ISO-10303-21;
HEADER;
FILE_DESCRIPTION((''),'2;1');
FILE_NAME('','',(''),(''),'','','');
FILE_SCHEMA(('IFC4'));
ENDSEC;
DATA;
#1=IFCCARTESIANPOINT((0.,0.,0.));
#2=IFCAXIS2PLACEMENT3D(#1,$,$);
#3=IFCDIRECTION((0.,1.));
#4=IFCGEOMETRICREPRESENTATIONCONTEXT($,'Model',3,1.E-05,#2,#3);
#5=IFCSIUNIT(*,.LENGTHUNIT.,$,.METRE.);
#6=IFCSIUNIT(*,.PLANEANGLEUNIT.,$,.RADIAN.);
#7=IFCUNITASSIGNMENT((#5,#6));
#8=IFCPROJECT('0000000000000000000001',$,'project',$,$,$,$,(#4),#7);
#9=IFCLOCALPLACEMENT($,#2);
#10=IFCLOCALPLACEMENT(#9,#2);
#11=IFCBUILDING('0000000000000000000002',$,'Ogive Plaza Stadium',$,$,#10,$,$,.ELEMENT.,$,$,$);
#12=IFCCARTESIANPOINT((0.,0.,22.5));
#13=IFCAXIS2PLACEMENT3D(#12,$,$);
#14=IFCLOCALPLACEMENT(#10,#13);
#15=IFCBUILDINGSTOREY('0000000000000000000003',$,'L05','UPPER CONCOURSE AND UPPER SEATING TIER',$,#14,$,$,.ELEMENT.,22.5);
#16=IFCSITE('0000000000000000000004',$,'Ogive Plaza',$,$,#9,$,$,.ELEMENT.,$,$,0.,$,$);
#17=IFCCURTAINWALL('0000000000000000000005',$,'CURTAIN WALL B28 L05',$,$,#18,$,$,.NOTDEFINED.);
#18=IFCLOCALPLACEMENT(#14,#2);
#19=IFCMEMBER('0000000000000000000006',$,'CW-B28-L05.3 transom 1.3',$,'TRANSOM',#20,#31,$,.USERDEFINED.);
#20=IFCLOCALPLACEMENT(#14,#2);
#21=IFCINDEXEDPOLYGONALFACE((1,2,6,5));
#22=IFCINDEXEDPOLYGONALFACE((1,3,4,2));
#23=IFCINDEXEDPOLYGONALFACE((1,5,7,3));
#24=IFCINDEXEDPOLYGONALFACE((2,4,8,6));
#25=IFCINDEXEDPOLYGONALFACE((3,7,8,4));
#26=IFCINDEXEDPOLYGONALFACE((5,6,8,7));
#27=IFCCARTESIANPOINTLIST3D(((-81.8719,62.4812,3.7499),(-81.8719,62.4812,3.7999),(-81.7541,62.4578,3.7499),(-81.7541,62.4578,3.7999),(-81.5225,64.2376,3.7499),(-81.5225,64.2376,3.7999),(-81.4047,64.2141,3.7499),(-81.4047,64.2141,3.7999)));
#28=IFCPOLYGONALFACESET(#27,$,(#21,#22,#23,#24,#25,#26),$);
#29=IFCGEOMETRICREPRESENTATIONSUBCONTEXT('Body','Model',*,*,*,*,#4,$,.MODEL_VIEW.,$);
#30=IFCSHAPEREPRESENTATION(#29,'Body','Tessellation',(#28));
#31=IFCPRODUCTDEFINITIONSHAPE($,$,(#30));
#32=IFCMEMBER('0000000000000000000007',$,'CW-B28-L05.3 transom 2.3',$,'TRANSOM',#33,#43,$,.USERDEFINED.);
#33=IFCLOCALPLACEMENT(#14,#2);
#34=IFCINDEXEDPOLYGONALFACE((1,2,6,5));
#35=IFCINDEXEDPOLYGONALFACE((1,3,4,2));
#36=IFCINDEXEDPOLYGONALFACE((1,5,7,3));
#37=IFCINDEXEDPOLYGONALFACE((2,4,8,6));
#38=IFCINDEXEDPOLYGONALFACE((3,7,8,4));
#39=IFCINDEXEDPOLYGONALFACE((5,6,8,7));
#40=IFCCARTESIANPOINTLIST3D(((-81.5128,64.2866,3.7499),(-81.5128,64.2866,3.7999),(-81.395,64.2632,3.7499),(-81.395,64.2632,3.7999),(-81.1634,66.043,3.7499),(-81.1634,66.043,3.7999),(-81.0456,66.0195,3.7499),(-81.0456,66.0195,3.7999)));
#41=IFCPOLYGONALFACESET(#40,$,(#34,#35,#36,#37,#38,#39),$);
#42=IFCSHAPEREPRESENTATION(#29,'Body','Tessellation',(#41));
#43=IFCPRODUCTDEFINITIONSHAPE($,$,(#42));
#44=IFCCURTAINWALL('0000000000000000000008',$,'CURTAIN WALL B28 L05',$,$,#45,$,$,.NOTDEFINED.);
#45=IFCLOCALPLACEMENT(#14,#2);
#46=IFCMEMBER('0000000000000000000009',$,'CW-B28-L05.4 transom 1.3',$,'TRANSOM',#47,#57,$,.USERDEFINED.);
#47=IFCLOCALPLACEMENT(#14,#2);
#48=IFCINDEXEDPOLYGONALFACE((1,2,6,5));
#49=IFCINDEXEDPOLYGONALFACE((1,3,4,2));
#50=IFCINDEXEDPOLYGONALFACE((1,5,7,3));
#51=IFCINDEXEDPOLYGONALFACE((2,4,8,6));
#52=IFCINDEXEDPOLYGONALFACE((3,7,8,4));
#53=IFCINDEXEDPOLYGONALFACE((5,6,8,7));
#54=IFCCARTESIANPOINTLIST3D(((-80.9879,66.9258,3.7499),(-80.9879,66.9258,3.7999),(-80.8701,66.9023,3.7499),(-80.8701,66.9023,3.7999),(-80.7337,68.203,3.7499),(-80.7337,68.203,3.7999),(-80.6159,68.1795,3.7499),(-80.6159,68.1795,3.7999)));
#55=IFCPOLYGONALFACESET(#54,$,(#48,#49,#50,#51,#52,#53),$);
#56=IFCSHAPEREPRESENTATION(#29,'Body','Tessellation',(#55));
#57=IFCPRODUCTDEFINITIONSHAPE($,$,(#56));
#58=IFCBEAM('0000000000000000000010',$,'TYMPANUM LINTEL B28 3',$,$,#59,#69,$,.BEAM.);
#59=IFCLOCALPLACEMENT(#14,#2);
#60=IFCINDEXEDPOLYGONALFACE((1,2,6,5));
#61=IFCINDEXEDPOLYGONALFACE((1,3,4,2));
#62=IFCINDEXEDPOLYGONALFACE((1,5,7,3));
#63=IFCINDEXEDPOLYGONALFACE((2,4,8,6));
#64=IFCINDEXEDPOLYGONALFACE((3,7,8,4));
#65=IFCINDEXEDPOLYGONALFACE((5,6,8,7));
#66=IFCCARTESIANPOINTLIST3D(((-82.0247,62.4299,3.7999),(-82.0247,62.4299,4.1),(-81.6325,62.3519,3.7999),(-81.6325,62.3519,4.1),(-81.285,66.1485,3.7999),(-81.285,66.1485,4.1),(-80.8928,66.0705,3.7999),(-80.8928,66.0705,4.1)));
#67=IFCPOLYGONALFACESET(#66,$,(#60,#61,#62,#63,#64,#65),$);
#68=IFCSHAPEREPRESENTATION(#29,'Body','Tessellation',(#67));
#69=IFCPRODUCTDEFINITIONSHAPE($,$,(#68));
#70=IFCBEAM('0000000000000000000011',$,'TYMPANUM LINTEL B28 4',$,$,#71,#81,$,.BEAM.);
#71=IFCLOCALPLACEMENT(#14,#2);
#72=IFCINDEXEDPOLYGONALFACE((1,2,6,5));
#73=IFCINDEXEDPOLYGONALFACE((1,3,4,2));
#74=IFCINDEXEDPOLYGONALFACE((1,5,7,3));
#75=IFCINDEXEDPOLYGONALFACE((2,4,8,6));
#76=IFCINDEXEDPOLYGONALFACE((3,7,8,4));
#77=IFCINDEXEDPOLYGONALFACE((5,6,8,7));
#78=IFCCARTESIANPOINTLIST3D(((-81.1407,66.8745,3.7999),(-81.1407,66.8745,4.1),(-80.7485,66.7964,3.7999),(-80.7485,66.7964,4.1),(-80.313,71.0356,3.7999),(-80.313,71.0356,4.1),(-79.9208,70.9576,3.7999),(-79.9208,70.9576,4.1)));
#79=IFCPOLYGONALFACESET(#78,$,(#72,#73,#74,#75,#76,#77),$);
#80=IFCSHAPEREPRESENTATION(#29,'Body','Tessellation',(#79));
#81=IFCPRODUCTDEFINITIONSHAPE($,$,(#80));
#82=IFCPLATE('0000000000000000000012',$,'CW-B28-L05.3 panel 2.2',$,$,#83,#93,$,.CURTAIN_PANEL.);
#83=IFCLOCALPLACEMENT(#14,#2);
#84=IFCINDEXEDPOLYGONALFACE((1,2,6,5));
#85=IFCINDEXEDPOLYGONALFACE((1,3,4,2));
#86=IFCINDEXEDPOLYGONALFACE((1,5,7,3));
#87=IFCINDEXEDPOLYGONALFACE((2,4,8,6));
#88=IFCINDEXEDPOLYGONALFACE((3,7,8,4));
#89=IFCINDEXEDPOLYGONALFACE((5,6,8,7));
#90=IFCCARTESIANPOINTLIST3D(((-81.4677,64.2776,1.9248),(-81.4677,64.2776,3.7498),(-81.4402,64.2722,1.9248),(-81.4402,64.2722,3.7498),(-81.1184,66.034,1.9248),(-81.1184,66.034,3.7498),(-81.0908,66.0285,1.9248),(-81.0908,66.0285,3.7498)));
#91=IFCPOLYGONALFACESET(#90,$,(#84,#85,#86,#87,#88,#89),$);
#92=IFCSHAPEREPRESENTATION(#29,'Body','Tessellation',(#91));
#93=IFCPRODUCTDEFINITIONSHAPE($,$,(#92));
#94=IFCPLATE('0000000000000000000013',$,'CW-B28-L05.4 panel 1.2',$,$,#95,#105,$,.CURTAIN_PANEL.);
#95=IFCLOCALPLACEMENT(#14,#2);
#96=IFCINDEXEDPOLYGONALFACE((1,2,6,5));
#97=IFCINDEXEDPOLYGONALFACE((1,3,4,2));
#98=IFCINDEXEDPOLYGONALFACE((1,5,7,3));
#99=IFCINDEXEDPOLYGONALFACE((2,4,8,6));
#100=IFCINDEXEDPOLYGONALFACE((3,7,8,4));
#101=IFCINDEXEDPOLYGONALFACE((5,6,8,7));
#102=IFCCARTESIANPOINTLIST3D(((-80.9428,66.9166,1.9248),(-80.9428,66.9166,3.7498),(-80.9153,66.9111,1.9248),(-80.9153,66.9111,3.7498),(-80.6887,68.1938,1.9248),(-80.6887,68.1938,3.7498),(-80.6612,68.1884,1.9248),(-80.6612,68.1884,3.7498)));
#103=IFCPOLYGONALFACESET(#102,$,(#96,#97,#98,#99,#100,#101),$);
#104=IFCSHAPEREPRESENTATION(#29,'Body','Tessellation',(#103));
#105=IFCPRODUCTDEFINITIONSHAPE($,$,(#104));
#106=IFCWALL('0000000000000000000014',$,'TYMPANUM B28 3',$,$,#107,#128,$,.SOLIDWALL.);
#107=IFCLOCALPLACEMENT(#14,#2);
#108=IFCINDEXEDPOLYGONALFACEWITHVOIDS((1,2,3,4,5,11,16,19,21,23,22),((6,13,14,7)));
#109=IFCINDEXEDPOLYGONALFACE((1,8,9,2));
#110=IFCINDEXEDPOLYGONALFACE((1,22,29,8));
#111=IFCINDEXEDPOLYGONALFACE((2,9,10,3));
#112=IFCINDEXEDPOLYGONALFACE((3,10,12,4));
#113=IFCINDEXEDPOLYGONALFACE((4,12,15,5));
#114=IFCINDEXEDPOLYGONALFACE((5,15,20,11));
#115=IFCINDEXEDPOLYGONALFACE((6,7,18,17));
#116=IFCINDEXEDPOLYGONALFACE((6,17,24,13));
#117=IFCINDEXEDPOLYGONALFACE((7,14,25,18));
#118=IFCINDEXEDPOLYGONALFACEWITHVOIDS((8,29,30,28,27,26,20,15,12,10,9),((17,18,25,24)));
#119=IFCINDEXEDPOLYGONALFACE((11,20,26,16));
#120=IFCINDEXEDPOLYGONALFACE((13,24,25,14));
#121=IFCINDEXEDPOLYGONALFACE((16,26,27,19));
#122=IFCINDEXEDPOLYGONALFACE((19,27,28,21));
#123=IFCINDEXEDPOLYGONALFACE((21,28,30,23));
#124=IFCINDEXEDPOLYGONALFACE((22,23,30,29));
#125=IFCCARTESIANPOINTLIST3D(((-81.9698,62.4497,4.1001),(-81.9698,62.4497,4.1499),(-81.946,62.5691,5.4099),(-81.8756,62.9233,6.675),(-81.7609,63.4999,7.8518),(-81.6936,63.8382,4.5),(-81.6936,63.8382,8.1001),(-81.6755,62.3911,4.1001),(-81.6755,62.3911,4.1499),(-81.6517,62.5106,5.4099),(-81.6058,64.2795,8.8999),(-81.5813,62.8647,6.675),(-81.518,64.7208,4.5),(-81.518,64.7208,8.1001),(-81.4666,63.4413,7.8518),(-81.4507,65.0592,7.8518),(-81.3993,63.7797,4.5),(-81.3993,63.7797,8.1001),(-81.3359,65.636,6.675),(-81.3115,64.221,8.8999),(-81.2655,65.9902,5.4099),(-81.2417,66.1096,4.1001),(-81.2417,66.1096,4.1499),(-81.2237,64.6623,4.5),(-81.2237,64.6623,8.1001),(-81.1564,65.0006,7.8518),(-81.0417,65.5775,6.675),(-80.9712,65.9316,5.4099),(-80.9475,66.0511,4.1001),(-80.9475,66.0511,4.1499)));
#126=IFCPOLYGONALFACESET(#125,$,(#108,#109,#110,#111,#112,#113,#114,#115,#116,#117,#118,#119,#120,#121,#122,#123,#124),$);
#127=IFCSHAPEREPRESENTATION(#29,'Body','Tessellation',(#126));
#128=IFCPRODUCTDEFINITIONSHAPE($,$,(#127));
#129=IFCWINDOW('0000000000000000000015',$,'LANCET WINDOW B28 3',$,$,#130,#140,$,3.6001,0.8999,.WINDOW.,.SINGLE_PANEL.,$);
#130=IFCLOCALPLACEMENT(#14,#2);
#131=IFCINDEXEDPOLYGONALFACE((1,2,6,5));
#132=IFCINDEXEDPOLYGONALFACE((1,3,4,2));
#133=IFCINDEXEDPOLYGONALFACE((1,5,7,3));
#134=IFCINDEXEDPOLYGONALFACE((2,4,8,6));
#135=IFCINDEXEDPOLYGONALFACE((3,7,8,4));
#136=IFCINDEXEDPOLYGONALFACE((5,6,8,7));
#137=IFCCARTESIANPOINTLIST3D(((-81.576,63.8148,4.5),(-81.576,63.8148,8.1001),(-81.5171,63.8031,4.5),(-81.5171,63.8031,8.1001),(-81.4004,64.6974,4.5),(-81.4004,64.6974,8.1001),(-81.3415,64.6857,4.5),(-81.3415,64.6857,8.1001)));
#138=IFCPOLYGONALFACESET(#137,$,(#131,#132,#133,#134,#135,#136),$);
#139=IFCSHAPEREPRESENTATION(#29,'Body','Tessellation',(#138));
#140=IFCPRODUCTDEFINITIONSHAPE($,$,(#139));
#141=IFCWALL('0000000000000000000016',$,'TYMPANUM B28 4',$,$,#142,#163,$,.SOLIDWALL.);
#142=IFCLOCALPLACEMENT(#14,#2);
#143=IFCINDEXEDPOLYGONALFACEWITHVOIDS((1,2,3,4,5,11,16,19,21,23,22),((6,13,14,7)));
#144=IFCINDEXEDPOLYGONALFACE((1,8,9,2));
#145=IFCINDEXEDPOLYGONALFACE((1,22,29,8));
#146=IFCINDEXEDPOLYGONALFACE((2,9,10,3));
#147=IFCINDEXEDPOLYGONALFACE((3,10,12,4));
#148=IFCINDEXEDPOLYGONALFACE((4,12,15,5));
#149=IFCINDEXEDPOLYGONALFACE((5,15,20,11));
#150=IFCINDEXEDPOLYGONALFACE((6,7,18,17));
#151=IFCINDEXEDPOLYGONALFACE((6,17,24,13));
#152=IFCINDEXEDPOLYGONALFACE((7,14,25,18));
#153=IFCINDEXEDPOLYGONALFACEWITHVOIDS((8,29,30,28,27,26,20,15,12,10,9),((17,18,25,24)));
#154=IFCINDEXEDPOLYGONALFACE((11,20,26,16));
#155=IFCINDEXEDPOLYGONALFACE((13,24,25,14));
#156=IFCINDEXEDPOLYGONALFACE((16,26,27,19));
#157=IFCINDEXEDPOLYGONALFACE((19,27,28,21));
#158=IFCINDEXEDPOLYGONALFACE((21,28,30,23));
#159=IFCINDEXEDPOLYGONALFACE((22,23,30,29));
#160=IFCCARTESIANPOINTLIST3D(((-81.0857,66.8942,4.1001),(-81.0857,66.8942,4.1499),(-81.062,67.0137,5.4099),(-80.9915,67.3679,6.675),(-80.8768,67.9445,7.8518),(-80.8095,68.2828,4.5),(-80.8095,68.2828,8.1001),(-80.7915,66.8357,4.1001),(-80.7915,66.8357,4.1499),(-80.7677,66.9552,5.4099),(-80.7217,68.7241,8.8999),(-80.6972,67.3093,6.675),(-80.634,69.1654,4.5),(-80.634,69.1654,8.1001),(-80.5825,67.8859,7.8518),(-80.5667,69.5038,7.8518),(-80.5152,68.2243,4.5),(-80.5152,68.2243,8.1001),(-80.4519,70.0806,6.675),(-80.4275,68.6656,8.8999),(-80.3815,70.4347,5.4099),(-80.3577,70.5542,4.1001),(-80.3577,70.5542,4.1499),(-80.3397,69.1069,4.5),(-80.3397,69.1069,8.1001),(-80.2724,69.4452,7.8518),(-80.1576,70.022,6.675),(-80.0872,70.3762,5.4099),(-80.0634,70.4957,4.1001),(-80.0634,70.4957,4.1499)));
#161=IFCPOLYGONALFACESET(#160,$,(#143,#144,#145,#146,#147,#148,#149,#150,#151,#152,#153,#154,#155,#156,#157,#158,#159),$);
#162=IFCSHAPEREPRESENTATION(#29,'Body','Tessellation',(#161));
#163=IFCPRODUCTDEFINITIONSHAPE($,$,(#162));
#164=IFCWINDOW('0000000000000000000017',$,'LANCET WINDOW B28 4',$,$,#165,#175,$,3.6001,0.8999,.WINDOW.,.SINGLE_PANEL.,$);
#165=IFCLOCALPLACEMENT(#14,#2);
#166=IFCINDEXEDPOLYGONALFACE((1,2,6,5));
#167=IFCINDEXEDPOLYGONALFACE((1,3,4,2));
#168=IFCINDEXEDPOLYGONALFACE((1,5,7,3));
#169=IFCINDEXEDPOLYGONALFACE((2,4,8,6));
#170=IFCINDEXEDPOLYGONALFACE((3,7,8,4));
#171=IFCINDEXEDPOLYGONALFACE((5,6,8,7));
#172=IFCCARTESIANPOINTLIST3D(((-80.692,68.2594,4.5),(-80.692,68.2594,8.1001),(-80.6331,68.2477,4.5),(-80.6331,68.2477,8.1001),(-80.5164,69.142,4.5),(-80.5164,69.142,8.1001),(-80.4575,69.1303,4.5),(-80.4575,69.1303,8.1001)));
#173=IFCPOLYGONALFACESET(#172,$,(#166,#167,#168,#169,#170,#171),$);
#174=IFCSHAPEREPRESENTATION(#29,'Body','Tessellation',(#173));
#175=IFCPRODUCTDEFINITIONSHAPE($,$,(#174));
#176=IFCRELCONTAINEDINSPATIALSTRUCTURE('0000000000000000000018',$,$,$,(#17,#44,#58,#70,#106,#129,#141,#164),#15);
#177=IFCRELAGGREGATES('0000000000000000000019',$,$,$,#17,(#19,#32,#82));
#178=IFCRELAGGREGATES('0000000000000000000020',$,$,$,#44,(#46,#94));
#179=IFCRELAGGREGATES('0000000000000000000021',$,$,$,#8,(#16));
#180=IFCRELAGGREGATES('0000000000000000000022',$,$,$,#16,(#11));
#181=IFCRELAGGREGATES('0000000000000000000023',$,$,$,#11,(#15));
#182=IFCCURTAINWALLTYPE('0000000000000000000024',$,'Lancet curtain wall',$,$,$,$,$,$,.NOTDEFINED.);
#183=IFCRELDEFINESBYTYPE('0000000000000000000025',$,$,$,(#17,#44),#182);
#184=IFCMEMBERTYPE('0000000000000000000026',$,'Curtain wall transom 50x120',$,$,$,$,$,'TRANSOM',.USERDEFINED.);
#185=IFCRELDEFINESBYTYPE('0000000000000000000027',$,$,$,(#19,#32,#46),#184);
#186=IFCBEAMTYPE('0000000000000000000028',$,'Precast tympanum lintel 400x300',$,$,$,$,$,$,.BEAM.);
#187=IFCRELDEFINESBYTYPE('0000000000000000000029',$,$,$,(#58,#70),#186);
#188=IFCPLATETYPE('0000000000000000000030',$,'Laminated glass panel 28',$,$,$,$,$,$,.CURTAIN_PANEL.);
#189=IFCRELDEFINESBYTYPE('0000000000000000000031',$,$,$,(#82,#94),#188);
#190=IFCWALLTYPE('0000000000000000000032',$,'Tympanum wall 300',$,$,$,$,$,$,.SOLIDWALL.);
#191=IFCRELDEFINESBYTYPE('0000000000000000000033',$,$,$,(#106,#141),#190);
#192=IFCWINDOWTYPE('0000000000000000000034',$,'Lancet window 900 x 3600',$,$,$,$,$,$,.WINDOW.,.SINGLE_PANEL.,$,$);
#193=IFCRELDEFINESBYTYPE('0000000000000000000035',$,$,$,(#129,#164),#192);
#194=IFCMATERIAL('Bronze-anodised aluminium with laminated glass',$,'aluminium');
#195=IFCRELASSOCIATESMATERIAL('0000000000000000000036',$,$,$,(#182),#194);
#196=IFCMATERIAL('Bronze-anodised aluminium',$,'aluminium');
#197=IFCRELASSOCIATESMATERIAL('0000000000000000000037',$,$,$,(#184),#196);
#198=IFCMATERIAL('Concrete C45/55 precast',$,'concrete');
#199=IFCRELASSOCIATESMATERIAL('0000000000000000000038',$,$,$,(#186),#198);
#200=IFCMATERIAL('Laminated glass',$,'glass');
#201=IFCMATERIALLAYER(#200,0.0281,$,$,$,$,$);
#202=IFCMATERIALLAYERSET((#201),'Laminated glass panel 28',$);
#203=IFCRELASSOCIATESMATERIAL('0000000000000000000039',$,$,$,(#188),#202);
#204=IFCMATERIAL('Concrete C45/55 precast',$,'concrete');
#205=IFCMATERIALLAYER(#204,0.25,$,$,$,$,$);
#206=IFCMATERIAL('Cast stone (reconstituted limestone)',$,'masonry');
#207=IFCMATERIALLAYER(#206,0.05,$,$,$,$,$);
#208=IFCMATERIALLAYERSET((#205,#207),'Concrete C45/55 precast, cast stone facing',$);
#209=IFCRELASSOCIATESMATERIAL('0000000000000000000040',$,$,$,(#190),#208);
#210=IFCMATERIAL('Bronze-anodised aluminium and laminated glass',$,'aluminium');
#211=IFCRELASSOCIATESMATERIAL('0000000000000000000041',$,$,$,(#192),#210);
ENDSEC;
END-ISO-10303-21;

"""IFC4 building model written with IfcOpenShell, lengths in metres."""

from ifc_helpers import new_model, si_unit, direction, frame, frame_2d, origin, origin_2d, place, context, subcontext, project, spatial, polyline, rectangle, outline, extrude, material, layer, layer_set, material_profile, profile_set, type_object, element, fill, aggregate, save


model = new_model("IFC4")

# Units and contexts
model_context = context("Model", 3, precision=1e-05, world=origin(), true_north=direction((0.0, 1.0)))
body_context = subcontext(model_context, "Body", "Model", "MODEL_VIEW")
ifc_project = project(units=[si_unit("LENGTHUNIT", "METRE"), si_unit("PLANEANGLEUNIT", "RADIAN")], contexts=[model_context])

# Site, building, storey
site_placement = place(None, origin())
site = spatial("IfcSite", under=ifc_project, at=site_placement, Name="Ogive Plaza", CompositionType="ELEMENT", RefElevation=0.0)
building_placement = place(site_placement, origin())
building = spatial("IfcBuilding", under=site, at=building_placement, Name="Ogive Plaza Stadium", CompositionType="ELEMENT")
storey_placement = place(building_placement, frame((0.0, 0.0, 22.5)))
storey = spatial("IfcBuildingStorey", under=building, at=storey_placement, Name="L05", Description="UPPER CONCOURSE AND UPPER SEATING TIER", CompositionType="ELEMENT", Elevation=22.5)

# Curtain wall, members
ifc_material_1 = material(Name="Bronze-anodised aluminium with laminated glass", Category="aluminium")
curtain_wall_type = type_object("IfcCurtainWallType", Name="Lancet curtain wall", PredefinedType="NOTDEFINED", material=ifc_material_1)
curtain_wall_1_placement = place(storey_placement, origin())
curtain_wall_1 = element("IfcCurtainWall", 1, at=curtain_wall_1_placement, inside=storey, type_object=curtain_wall_type, Name="CURTAIN WALL B28 L05", PredefinedType="NOTDEFINED")
ifc_material_2 = material(Name="Bronze-anodised aluminium", Category="aluminium")
ifc_material_profile_1 = material_profile(ifc_material_2, rectangle(XDim=0.1201, YDim=0.05, at=origin_2d()), Name="AL 120x50")
ifc_profile_set_1 = profile_set([ifc_material_profile_1], Name="Bronze-anodised aluminium")
member_type = type_object("IfcMemberType", Name="Curtain wall transom 50x120", ElementType="TRANSOM", PredefinedType="USERDEFINED", material=ifc_profile_set_1)
member_1_placement = place(storey_placement, frame((-81.813, 62.4695, 3.7749), z_axis=(0.195094, 0.980785, 0.0), x_axis=(-0.980785, 0.195094, 0.0)))
member_1 = element("IfcMember", 2, at=member_1_placement, type_object=member_type, Name="CW-B28-L05.3 transom 1.3", ObjectType="TRANSOM", PredefinedType="USERDEFINED", context=body_context, shape_type="SweptSolid", body=[
    extrude(rectangle(XDim=0.1201, YDim=0.05, at=origin_2d()), origin(), (0.0, 0.0, 1.0), 1.7908),
])
member_2_placement = place(storey_placement, frame((-81.4539, 64.2749, 3.7749), z_axis=(0.195094, 0.980785, 0.0), x_axis=(-0.980785, 0.195094, 0.0)))
member_2 = element("IfcMember", 3, at=member_2_placement, type_object=member_type, Name="CW-B28-L05.3 transom 2.3", ObjectType="TRANSOM", PredefinedType="USERDEFINED", context=body_context, shape_type="SweptSolid", body=[
    extrude(rectangle(XDim=0.1201, YDim=0.05, at=origin_2d()), origin(), (0.0, 0.0, 1.0), 1.7908),
])

# Curtain wall, member
curtain_wall_2_placement = place(storey_placement, origin())
curtain_wall_2 = element("IfcCurtainWall", 4, at=curtain_wall_2_placement, inside=storey, type_object=curtain_wall_type, Name="CURTAIN WALL B28 L05", PredefinedType="NOTDEFINED")
member_3_placement = place(storey_placement, frame((-80.929, 66.9141, 3.7749), z_axis=(0.195179, 0.980768, 0.0), x_axis=(-0.980768, 0.195179, 0.0)))
member_3 = element("IfcMember", 5, at=member_3_placement, type_object=member_type, Name="CW-B28-L05.4 transom 1.3", ObjectType="TRANSOM", PredefinedType="USERDEFINED", context=body_context, shape_type="SweptSolid", body=[
    extrude(rectangle(XDim=0.1201, YDim=0.05, at=origin_2d()), origin(), (0.0, 0.0, 1.0), 1.3022),
])

# Beams
ifc_material_3 = material(Name="Concrete C45/55 precast", Category="concrete")
ifc_material_profile_2 = material_profile(ifc_material_3, rectangle(XDim=0.3999, YDim=0.3, at=origin_2d()), Name="RC 400x300")
ifc_profile_set_2 = profile_set([ifc_material_profile_2], Name="Concrete C45/55 precast")
beam_type = type_object("IfcBeamType", Name="Precast tympanum lintel 400x300", PredefinedType="BEAM", material=ifc_profile_set_2)
beam_1_placement = place(storey_placement, frame((-81.8286, 62.3909, 3.95), z_axis=(0.195101, 0.980783, 0.0), x_axis=(-0.980783, 0.195101, 0.0)))
element("IfcBeam", 6, at=beam_1_placement, inside=storey, type_object=beam_type, Name="TYMPANUM LINTEL B28 3", PredefinedType="BEAM", context=body_context, shape_type="SweptSolid", body=[
    extrude(rectangle(XDim=0.3999, YDim=0.3, at=origin_2d()), origin(), (0.0, 0.0, 1.0), 3.7915),
])
beam_2_placement = place(storey_placement, frame((-80.9446, 66.8354, 3.95), z_axis=(0.195076, 0.980788, 0.0), x_axis=(-0.980788, 0.195076, 0.0)))
element("IfcBeam", 7, at=beam_2_placement, inside=storey, type_object=beam_type, Name="TYMPANUM LINTEL B28 4", PredefinedType="BEAM", context=body_context, shape_type="SweptSolid", body=[
    extrude(rectangle(XDim=0.3999, YDim=0.3, at=origin_2d()), origin(), (0.0, 0.0, 1.0), 4.2427),
])

# Plates
ifc_material_4 = material(Name="Laminated glass", Category="glass")
ifc_layer_1 = layer(ifc_material_4, 0.0281)
ifc_layer_set_1 = layer_set([ifc_layer_1], Name="Laminated glass panel 28")
plate_type = type_object("IfcPlateType", Name="Laminated glass panel 28", PredefinedType="CURTAIN_PANEL", material=ifc_layer_set_1)
plate_1_placement = place(storey_placement, frame((-81.2793, 65.1531, 1.9248), z_axis=(0.0, 0.0, 1.0), x_axis=(0.19509, 0.980785, 0.0)))
plate_1 = element("IfcPlate", 8, at=plate_1_placement, type_object=plate_type, Name="CW-B28-L05.3 panel 2.2", PredefinedType="CURTAIN_PANEL", context=body_context, shape_type="SweptSolid", body=[
    extrude(rectangle(XDim=1.7908, YDim=0.0281, at=origin_2d()), origin(), (0.0, 0.0, 1.0), 1.825),
])
aggregate(curtain_wall_1, [member_1, member_2, plate_1])
plate_2_placement = place(storey_placement, frame((-80.802, 67.5525, 1.9248), z_axis=(0.0, 0.0, 1.0), x_axis=(0.19509, 0.980785, 0.0)))
plate_2 = element("IfcPlate", 9, at=plate_2_placement, type_object=plate_type, Name="CW-B28-L05.4 panel 1.2", PredefinedType="CURTAIN_PANEL", context=body_context, shape_type="SweptSolid", body=[
    extrude(rectangle(XDim=1.3022, YDim=0.0281, at=origin_2d()), origin(), (0.0, 0.0, 1.0), 1.825),
])
aggregate(curtain_wall_2, [member_3, plate_2])

# Walls, openings, windows
ifc_material_5 = material(Name="Concrete C45/55 precast", Category="concrete")
ifc_layer_2 = layer(ifc_material_5, 0.25)
ifc_material_6 = material(Name="Cast stone (reconstituted limestone)", Category="masonry")
ifc_layer_3 = layer(ifc_material_6, 0.05)
ifc_layer_set_2 = layer_set([ifc_layer_2, ifc_layer_3], Name="Concrete C45/55 precast, cast stone facing")
wall_type = type_object("IfcWallType", Name="Tympanum wall 300", PredefinedType="SOLIDWALL", material=ifc_layer_set_2)
wall_1_placement = place(storey_placement, frame((-81.8228, 62.4204, 4.1001), z_axis=(0.0, 0.0, 1.0), x_axis=(0.195097, 0.980784, 0.0)))
wall_1 = element("IfcWall", 10, at=wall_1_placement, inside=storey, type_object=wall_type, Name="TYMPANUM B28 3", PredefinedType="SOLIDWALL", context=body_context, shape_type="SweptSolid", body=[
    extrude(outline(polyline([(0.0, 0.0), (3.7317, 0.0), (3.7317, 0.0498), (3.6099, 1.3098), (3.2488, 2.575), (2.6606, 3.7517), (1.8657, 4.7998), (1.0708, 3.7517), (0.4829, 2.575), (0.1218, 1.3098), (0.0, 0.0498), (0.0, 0.0)])), frame((0.0, 0.1499, 0.0), z_axis=(0.0, -1.0, 0.0), x_axis=(1.0, 0.0, 0.0)), (0.0, 0.0, 1.0), 0.3),
])
opening_1_placement = place(wall_1_placement, frame((1.4158, 0.0, 0.3999)))
opening_1 = element("IfcOpeningElement", 11, at=opening_1_placement, cuts=wall_1, PredefinedType="OPENING", context=body_context, shape_type="SweptSolid", body=[
    extrude(rectangle(XDim=0.8999, YDim=3.6001, at=frame_2d((0.45, 1.8))), frame((0.0, 0.1602, 0.0), z_axis=(0.0, -1.0, 0.0), x_axis=(1.0, 0.0, 0.0)), (0.0, 0.0, 1.0), 0.3201),
])
ifc_material_7 = material(Name="Bronze-anodised aluminium and laminated glass", Category="aluminium")
window_type = type_object("IfcWindowType", Name="Lancet window 900 x 3600", PartitioningType="SINGLE_PANEL", PredefinedType="WINDOW", material=ifc_material_7)
window_1_placement = place(opening_1_placement, origin())
window_1 = element("IfcWindow", 12, at=window_1_placement, inside=storey, type_object=window_type, Name="LANCET WINDOW B28 3", OverallHeight=3.6001, OverallWidth=0.8999, PartitioningType="SINGLE_PANEL", PredefinedType="WINDOW", context=body_context, shape_type="SweptSolid", body=[
    extrude(rectangle(XDim=0.8999, YDim=3.6001, at=frame_2d((0.45, 1.8))), frame((0.0, 0.03, 0.0), z_axis=(0.0, -1.0, 0.0), x_axis=(1.0, 0.0, 0.0)), (0.0, 0.0, 1.0), 0.0601),
])
fill(opening_1, window_1)
wall_2_placement = place(storey_placement, frame((-80.9387, 66.865, 4.1001), z_axis=(0.0, 0.0, 1.0), x_axis=(0.195097, 0.980784, 0.0)))
wall_2 = element("IfcWall", 13, at=wall_2_placement, inside=storey, type_object=wall_type, Name="TYMPANUM B28 4", PredefinedType="SOLIDWALL", context=body_context, shape_type="SweptSolid", body=[
    extrude(outline(polyline([(0.0, 0.0), (3.7317, 0.0), (3.7317, 0.0498), (3.6099, 1.3098), (3.2488, 2.575), (2.6606, 3.7517), (1.8657, 4.7998), (1.0708, 3.7517), (0.4829, 2.575), (0.1218, 1.3098), (0.0, 0.0498), (0.0, 0.0)])), frame((0.0, 0.1499, 0.0), z_axis=(0.0, -1.0, 0.0), x_axis=(1.0, 0.0, 0.0)), (0.0, 0.0, 1.0), 0.3),
])
opening_2_placement = place(wall_2_placement, frame((1.4158, 0.0, 0.3999)))
opening_2 = element("IfcOpeningElement", 14, at=opening_2_placement, cuts=wall_2, PredefinedType="OPENING", context=body_context, shape_type="SweptSolid", body=[
    extrude(rectangle(XDim=0.8999, YDim=3.6001, at=frame_2d((0.45, 1.8))), frame((0.0, 0.1602, 0.0), z_axis=(0.0, -1.0, 0.0), x_axis=(1.0, 0.0, 0.0)), (0.0, 0.0, 1.0), 0.3201),
])
window_2_placement = place(opening_2_placement, origin())
window_2 = element("IfcWindow", 15, at=window_2_placement, inside=storey, type_object=window_type, Name="LANCET WINDOW B28 4", OverallHeight=3.6001, OverallWidth=0.8999, PartitioningType="SINGLE_PANEL", PredefinedType="WINDOW", context=body_context, shape_type="SweptSolid", body=[
    extrude(rectangle(XDim=0.8999, YDim=3.6001, at=frame_2d((0.45, 1.8))), frame((0.0, 0.03, 0.0), z_axis=(0.0, -1.0, 0.0), x_axis=(1.0, 0.0, 0.0)), (0.0, 0.0, 1.0), 0.0601),
])
fill(opening_2, window_2)

save(model, "model.ifc")
